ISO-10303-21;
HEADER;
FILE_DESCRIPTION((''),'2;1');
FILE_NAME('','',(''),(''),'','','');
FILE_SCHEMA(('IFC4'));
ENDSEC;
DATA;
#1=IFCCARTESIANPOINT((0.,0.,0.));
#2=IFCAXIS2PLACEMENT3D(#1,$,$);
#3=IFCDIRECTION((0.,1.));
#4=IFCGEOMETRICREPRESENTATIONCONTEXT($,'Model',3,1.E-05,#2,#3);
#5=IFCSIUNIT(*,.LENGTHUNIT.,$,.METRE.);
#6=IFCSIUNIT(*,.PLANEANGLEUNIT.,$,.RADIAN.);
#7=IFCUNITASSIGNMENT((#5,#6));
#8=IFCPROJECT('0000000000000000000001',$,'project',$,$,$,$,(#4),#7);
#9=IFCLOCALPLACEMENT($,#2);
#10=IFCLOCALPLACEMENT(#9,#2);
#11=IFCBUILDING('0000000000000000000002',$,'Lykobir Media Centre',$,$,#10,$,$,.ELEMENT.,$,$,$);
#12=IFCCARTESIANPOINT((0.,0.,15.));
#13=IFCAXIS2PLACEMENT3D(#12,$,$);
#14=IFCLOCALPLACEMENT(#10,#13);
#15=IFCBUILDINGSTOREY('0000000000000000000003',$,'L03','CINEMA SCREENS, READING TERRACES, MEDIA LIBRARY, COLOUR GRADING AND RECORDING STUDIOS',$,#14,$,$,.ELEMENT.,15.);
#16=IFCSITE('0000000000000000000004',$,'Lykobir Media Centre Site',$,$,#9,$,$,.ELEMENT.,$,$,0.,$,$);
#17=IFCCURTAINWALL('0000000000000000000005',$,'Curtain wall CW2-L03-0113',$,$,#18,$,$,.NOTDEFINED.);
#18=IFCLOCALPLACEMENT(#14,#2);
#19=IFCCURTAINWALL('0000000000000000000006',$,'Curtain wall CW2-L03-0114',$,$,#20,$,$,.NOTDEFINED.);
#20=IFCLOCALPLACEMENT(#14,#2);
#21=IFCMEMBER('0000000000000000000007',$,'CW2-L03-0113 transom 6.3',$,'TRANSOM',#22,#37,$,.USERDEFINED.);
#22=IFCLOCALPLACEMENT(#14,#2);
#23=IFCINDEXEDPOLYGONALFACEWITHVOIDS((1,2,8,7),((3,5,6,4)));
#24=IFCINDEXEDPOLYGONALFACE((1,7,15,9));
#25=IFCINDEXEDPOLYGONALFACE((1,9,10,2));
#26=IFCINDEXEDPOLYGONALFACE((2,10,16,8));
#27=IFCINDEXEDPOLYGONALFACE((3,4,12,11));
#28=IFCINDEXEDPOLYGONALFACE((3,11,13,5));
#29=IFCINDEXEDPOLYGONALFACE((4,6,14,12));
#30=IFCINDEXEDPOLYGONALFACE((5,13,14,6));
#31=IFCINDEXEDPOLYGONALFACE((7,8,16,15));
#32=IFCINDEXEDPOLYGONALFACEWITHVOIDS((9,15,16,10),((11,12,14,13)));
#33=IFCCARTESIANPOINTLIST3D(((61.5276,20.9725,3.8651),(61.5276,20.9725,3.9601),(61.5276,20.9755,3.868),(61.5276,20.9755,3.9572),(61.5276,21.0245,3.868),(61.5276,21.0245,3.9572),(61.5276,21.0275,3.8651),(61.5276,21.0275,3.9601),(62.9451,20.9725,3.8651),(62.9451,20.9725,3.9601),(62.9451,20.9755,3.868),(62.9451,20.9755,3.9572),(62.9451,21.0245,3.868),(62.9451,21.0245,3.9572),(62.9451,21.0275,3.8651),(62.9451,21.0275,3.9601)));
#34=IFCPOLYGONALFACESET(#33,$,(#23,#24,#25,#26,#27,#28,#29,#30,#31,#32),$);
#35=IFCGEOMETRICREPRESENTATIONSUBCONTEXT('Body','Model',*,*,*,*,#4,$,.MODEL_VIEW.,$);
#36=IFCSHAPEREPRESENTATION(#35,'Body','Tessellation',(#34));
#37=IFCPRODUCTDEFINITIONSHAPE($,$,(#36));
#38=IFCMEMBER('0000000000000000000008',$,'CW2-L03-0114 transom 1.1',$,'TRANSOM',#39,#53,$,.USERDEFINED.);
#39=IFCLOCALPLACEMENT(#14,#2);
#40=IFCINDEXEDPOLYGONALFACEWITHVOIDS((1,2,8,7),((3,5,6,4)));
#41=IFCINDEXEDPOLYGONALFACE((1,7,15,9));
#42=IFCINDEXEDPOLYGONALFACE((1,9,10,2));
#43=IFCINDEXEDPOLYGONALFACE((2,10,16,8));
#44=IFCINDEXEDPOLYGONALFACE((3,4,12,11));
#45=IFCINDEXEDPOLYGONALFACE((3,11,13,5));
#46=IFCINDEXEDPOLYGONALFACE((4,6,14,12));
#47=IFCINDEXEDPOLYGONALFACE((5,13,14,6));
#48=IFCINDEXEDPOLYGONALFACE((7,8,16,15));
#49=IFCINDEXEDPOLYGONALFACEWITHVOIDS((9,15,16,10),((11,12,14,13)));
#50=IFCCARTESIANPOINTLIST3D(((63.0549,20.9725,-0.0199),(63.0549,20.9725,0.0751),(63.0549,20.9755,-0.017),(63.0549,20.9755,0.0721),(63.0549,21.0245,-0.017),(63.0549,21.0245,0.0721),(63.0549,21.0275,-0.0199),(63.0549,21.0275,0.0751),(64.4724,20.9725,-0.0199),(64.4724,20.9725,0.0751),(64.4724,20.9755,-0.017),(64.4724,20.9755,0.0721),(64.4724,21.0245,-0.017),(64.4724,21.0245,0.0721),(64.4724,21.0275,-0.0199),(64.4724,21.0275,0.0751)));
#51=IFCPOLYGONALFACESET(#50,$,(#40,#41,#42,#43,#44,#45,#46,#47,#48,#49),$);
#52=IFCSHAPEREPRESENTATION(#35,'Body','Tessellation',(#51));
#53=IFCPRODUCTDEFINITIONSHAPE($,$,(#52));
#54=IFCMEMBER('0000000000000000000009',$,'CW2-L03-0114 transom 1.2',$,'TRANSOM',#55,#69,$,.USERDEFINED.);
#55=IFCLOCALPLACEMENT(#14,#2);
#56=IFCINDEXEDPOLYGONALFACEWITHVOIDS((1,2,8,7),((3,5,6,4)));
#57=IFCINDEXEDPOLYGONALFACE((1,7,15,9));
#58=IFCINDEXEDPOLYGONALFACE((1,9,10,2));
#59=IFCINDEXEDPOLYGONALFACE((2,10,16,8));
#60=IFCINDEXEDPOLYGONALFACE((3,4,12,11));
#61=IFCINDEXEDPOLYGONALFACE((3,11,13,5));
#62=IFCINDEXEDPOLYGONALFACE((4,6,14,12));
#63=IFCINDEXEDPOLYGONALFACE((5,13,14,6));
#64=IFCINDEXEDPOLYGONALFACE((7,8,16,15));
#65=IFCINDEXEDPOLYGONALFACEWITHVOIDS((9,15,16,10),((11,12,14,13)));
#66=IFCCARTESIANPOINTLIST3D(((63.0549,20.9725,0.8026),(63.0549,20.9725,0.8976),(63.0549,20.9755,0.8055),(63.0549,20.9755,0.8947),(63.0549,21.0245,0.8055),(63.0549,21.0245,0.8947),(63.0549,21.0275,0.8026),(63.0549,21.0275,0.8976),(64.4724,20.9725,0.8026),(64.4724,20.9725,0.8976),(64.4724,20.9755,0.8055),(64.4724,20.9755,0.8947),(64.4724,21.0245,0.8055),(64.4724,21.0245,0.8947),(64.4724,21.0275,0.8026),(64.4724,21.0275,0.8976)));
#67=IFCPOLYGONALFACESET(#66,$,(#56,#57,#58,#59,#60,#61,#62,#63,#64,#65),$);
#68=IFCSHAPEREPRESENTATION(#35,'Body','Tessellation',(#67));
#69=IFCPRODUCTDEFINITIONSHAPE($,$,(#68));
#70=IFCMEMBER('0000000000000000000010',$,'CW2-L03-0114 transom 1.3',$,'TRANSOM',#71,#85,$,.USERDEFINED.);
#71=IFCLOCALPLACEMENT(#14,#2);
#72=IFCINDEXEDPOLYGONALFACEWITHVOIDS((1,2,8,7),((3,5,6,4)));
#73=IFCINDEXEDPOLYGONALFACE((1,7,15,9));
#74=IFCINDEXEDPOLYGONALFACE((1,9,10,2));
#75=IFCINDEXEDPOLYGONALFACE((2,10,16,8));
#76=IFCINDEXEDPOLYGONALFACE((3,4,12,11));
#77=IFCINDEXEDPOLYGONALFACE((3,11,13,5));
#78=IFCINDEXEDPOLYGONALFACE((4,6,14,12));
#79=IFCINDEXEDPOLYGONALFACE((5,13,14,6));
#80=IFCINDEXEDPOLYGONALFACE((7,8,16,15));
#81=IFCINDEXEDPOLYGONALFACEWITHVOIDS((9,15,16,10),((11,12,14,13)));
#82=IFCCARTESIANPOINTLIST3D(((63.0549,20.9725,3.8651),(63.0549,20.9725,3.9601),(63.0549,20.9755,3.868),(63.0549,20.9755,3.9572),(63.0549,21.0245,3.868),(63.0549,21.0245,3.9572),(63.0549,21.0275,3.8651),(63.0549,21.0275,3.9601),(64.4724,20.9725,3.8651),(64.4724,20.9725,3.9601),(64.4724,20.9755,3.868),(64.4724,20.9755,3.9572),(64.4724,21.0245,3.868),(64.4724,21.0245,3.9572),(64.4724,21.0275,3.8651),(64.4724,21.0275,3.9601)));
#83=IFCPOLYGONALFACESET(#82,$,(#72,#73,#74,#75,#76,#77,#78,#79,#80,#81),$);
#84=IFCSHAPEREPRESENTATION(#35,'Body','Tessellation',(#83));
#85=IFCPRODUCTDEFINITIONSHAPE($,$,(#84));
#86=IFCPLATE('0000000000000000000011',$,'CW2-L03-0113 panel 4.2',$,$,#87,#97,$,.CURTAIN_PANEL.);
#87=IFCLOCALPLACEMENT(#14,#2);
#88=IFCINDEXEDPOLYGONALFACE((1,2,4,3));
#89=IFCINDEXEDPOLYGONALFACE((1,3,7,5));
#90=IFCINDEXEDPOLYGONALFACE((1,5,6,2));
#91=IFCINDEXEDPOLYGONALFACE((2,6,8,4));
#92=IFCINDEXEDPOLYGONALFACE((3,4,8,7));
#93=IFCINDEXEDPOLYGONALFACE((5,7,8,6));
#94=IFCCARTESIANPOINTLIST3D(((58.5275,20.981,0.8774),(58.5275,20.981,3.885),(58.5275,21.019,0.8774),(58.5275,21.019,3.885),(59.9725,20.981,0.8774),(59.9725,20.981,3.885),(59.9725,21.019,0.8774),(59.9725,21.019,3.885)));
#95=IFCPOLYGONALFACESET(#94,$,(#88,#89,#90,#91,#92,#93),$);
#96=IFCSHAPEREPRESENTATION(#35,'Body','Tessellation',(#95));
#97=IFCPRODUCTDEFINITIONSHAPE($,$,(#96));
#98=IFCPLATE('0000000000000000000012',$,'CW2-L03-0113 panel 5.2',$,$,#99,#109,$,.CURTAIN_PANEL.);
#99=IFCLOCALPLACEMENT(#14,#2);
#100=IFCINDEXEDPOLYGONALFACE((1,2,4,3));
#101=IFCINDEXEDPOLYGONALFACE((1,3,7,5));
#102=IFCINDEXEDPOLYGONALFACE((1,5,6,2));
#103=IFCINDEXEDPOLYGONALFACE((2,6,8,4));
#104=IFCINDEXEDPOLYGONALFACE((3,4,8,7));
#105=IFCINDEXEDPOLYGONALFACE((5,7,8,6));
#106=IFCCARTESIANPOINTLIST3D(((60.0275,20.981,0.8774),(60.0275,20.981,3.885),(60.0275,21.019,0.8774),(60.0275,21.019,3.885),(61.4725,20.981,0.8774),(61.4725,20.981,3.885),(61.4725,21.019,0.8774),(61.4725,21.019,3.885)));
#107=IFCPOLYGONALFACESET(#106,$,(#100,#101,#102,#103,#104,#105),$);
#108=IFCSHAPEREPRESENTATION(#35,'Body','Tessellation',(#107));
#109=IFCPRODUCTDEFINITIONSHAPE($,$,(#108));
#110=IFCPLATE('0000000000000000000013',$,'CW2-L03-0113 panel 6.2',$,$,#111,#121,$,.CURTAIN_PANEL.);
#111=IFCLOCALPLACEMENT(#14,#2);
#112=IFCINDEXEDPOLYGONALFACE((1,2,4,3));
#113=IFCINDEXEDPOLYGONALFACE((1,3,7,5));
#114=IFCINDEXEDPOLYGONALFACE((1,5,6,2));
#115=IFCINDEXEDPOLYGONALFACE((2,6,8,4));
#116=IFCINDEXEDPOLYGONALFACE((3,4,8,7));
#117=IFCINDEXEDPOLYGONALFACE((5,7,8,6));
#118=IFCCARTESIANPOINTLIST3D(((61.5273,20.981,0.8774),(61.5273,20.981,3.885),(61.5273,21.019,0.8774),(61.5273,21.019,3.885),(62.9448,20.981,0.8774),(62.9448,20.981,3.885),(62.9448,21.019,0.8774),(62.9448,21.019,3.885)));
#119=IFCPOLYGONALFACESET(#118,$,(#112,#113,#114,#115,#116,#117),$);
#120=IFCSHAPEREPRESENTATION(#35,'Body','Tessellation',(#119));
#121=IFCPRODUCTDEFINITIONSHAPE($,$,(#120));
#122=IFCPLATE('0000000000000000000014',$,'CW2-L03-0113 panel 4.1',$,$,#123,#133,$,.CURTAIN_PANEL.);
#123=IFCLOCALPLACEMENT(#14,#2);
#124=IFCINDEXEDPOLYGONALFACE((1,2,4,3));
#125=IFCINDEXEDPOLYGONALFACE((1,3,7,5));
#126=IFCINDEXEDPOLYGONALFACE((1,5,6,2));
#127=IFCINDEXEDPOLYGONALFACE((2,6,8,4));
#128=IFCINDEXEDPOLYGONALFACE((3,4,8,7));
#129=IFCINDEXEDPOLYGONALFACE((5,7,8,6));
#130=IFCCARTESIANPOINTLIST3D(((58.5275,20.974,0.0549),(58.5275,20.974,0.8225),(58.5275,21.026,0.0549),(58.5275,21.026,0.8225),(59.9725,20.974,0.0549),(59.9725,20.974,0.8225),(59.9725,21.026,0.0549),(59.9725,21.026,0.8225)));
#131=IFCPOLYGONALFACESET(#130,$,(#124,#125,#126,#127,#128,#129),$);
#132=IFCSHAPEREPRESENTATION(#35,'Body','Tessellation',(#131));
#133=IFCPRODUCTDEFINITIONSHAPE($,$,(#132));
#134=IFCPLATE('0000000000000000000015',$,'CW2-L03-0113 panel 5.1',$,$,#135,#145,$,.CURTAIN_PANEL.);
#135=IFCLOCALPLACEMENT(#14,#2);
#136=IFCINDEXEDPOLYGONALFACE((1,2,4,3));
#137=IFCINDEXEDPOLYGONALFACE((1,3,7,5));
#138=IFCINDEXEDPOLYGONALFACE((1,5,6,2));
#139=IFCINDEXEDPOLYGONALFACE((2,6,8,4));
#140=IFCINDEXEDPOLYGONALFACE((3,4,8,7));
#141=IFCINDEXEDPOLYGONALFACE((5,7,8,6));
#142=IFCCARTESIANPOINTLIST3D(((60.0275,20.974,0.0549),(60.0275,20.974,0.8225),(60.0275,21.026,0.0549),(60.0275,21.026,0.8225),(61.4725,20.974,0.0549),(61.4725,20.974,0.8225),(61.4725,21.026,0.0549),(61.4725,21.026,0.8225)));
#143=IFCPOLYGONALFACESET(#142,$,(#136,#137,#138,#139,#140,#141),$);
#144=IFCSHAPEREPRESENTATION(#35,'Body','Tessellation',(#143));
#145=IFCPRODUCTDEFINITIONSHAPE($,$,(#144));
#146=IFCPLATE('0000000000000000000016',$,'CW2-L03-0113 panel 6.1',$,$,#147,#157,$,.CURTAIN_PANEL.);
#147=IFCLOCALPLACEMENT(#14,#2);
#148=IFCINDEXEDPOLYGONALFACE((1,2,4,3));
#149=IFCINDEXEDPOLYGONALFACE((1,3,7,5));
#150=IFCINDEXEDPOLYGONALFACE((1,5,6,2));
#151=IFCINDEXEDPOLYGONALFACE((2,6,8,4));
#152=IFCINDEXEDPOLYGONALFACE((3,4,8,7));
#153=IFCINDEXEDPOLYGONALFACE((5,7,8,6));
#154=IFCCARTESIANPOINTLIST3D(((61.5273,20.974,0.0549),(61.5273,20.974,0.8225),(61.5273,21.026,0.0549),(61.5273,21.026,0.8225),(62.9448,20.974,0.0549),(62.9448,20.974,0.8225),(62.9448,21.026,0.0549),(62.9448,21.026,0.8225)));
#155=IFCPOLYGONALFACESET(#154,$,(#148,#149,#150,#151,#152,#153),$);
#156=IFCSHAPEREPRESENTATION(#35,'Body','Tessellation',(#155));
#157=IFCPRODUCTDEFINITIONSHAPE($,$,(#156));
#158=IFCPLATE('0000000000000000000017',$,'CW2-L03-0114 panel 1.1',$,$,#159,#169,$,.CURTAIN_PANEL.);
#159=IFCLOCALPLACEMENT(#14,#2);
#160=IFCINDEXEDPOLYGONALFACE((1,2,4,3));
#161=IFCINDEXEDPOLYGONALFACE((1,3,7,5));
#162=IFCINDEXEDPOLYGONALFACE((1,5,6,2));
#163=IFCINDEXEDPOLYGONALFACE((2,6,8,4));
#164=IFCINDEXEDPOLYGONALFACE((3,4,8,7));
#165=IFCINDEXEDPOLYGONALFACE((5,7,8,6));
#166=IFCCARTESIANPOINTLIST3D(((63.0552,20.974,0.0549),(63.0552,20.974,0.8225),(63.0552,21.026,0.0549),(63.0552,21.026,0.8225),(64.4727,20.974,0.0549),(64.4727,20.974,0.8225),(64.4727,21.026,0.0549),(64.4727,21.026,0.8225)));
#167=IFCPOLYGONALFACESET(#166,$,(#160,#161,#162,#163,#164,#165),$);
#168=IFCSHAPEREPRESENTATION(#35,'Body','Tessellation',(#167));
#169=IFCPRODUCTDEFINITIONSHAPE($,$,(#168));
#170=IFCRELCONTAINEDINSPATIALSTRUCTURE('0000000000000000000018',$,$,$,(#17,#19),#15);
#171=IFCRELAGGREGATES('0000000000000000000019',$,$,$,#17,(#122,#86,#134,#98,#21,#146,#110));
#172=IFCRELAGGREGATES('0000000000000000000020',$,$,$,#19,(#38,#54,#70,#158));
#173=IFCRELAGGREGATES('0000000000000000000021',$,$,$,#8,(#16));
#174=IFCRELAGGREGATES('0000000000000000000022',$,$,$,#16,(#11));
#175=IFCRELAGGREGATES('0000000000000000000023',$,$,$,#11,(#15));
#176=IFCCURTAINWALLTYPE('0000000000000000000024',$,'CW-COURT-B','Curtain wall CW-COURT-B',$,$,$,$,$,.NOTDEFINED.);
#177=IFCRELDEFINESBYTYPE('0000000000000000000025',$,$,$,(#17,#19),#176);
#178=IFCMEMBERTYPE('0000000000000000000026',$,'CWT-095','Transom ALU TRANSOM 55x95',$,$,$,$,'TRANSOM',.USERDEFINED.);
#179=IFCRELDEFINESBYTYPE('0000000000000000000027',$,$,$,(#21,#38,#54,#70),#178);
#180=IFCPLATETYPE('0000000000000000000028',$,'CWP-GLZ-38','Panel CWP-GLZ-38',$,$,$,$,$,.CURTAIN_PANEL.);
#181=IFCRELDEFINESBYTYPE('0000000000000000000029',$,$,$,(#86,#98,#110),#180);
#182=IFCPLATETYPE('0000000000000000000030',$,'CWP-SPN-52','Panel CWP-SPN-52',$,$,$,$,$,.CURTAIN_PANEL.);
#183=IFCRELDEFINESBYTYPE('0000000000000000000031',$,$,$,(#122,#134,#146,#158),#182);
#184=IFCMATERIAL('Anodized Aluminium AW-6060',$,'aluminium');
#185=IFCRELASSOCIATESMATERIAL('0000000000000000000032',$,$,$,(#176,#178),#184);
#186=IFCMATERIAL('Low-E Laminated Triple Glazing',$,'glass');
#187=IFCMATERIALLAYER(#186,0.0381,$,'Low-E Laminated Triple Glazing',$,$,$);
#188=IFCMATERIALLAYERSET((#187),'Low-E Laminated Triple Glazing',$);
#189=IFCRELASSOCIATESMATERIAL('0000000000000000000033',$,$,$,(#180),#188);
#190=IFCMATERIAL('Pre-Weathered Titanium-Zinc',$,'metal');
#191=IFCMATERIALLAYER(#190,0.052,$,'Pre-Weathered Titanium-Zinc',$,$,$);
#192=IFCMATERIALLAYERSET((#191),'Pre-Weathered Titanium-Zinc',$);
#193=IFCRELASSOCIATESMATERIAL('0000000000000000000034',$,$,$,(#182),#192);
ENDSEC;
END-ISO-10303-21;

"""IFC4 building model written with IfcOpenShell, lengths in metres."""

from ifc_helpers import new_model, si_unit, direction, frame, origin, origin_2d, place, context, subcontext, project, spatial, rectangle, hollow_rectangle, extrude, material, layer, layer_set, material_profile, profile_set, type_object, element, aggregate, save


model = new_model("IFC4")

# Units and contexts
model_context = context("Model", 3, precision=1e-05, world=origin(), true_north=direction((0.0, 1.0)))
body_context = subcontext(model_context, "Body", "Model", "MODEL_VIEW")
ifc_project = project(units=[si_unit("LENGTHUNIT", "METRE"), si_unit("PLANEANGLEUNIT", "RADIAN")], contexts=[model_context])

# Site, building, storey
site_placement = place(None, origin())
site = spatial("IfcSite", under=ifc_project, at=site_placement, Name="Lykobir Media Centre Site", CompositionType="ELEMENT", RefElevation=0.0)
building_placement = place(site_placement, origin())
building = spatial("IfcBuilding", under=site, at=building_placement, Name="Lykobir Media Centre", CompositionType="ELEMENT")
storey_placement = place(building_placement, frame((0.0, 0.0, 15.0)))
storey = spatial("IfcBuildingStorey", under=building, at=storey_placement, Name="L03", Description="CINEMA SCREENS, READING TERRACES, MEDIA LIBRARY, COLOUR GRADING AND RECORDING STUDIOS", CompositionType="ELEMENT", Elevation=15.0)

# Curtain wall
ifc_material_1 = material(Name="Anodized Aluminium AW-6060", Category="aluminium")
curtain_wall_type = type_object("IfcCurtainWallType", Name="CW-COURT-B", Description="Curtain wall CW-COURT-B", PredefinedType="NOTDEFINED", material=ifc_material_1)
curtain_wall_1_placement = place(storey_placement, origin())
curtain_wall_1 = element("IfcCurtainWall", 1, at=curtain_wall_1_placement, inside=storey, type_object=curtain_wall_type, Name="Curtain wall CW2-L03-0113", PredefinedType="NOTDEFINED")

# Curtain wall
curtain_wall_2_placement = place(storey_placement, origin())
curtain_wall_2 = element("IfcCurtainWall", 2, at=curtain_wall_2_placement, inside=storey, type_object=curtain_wall_type, Name="Curtain wall CW2-L03-0114", PredefinedType="NOTDEFINED")

# Members
ifc_material_profile_1 = material_profile(ifc_material_1, hollow_rectangle(XDim=0.0549, YDim=0.095, WallThickness=0.0029, at=origin_2d()), Name="ALU TRANSOM 55x95")
ifc_profile_set_1 = profile_set([ifc_material_profile_1], Name="Anodized Aluminium AW-6060")
member_type_1 = type_object("IfcMemberType", Name="CWT-095", Description="Transom ALU TRANSOM 55x95", ElementType="TRANSOM", PredefinedType="USERDEFINED", material=ifc_profile_set_1)
member_1_placement = place(storey_placement, frame((61.5276, 21.0, 3.9126), z_axis=(1.0, 0.0, 0.0), x_axis=(0.0, 1.0, 0.0)))
member_1 = element("IfcMember", 3, at=member_1_placement, type_object=member_type_1, Name="CW2-L03-0113 transom 6.3", ObjectType="TRANSOM", PredefinedType="USERDEFINED", context=body_context, shape_type="SweptSolid", body=[
    extrude(hollow_rectangle(XDim=0.0549, YDim=0.095, WallThickness=0.0029, at=origin_2d()), origin(), (0.0, 0.0, 1.0), 1.4175),
])
member_2_placement = place(storey_placement, frame((63.0549, 21.0, 0.0276), z_axis=(1.0, 0.0, 0.0), x_axis=(0.0, 1.0, 0.0)))
member_2 = element("IfcMember", 4, at=member_2_placement, type_object=member_type_1, Name="CW2-L03-0114 transom 1.1", ObjectType="TRANSOM", PredefinedType="USERDEFINED", context=body_context, shape_type="SweptSolid", body=[
    extrude(hollow_rectangle(XDim=0.0549, YDim=0.095, WallThickness=0.0029, at=origin_2d()), origin(), (0.0, 0.0, 1.0), 1.4175),
])
member_3_placement = place(storey_placement, frame((63.0549, 21.0, 0.8501), z_axis=(1.0, 0.0, 0.0), x_axis=(0.0, 1.0, 0.0)))
member_3 = element("IfcMember", 5, at=member_3_placement, type_object=member_type_1, Name="CW2-L03-0114 transom 1.2", ObjectType="TRANSOM", PredefinedType="USERDEFINED", context=body_context, shape_type="SweptSolid", body=[
    extrude(hollow_rectangle(XDim=0.0549, YDim=0.095, WallThickness=0.0029, at=origin_2d()), origin(), (0.0, 0.0, 1.0), 1.4175),
])
member_4_placement = place(storey_placement, frame((63.0549, 21.0, 3.9126), z_axis=(1.0, 0.0, 0.0), x_axis=(0.0, 1.0, 0.0)))
member_4 = element("IfcMember", 6, at=member_4_placement, type_object=member_type_1, Name="CW2-L03-0114 transom 1.3", ObjectType="TRANSOM", PredefinedType="USERDEFINED", context=body_context, shape_type="SweptSolid", body=[
    extrude(hollow_rectangle(XDim=0.0549, YDim=0.095, WallThickness=0.0029, at=origin_2d()), origin(), (0.0, 0.0, 1.0), 1.4175),
])

# Plates
ifc_material_2 = material(Name="Low-E Laminated Triple Glazing", Category="glass")
ifc_layer_1 = layer(ifc_material_2, 0.0381, Name="Low-E Laminated Triple Glazing")
ifc_layer_set_1 = layer_set([ifc_layer_1], Name="Low-E Laminated Triple Glazing")
plate_type_1 = type_object("IfcPlateType", Name="CWP-GLZ-38", Description="Panel CWP-GLZ-38", PredefinedType="CURTAIN_PANEL", material=ifc_layer_set_1)
plate_1_placement = place(storey_placement, frame((59.25, 21.0, 0.8774), z_axis=(0.0, 0.0, 1.0), x_axis=(1.0, 0.0, 0.0)))
plate_1 = element("IfcPlate", 7, at=plate_1_placement, type_object=plate_type_1, Name="CW2-L03-0113 panel 4.2", PredefinedType="CURTAIN_PANEL", context=body_context, shape_type="SweptSolid", body=[
    extrude(rectangle(XDim=1.4451, YDim=0.0381, at=origin_2d()), origin(), (0.0, 0.0, 1.0), 3.0076),
])
plate_2_placement = place(storey_placement, frame((60.75, 21.0, 0.8774), z_axis=(0.0, 0.0, 1.0), x_axis=(1.0, 0.0, 0.0)))
plate_2 = element("IfcPlate", 8, at=plate_2_placement, type_object=plate_type_1, Name="CW2-L03-0113 panel 5.2", PredefinedType="CURTAIN_PANEL", context=body_context, shape_type="SweptSolid", body=[
    extrude(rectangle(XDim=1.4451, YDim=0.0381, at=origin_2d()), origin(), (0.0, 0.0, 1.0), 3.0076),
])
plate_3_placement = place(storey_placement, frame((62.2361, 21.0, 0.8774), z_axis=(0.0, 0.0, 1.0), x_axis=(1.0, 0.0, 0.0)))
plate_3 = element("IfcPlate", 9, at=plate_3_placement, type_object=plate_type_1, Name="CW2-L03-0113 panel 6.2", PredefinedType="CURTAIN_PANEL", context=body_context, shape_type="SweptSolid", body=[
    extrude(rectangle(XDim=1.4175, YDim=0.0381, at=origin_2d()), origin(), (0.0, 0.0, 1.0), 3.0076),
])
ifc_material_3 = material(Name="Pre-Weathered Titanium-Zinc", Category="metal")
ifc_layer_2 = layer(ifc_material_3, 0.052, Name="Pre-Weathered Titanium-Zinc")
ifc_layer_set_2 = layer_set([ifc_layer_2], Name="Pre-Weathered Titanium-Zinc")
plate_type_2 = type_object("IfcPlateType", Name="CWP-SPN-52", Description="Panel CWP-SPN-52", PredefinedType="CURTAIN_PANEL", material=ifc_layer_set_2)
plate_4_placement = place(storey_placement, frame((59.25, 21.0, 0.0549), z_axis=(0.0, 0.0, 1.0), x_axis=(1.0, 0.0, 0.0)))
plate_4 = element("IfcPlate", 10, at=plate_4_placement, type_object=plate_type_2, Name="CW2-L03-0113 panel 4.1", PredefinedType="CURTAIN_PANEL", context=body_context, shape_type="SweptSolid", body=[
    extrude(rectangle(XDim=1.4451, YDim=0.052, at=origin_2d()), origin(), (0.0, 0.0, 1.0), 0.7676),
])
plate_5_placement = place(storey_placement, frame((60.75, 21.0, 0.0549), z_axis=(0.0, 0.0, 1.0), x_axis=(1.0, 0.0, 0.0)))
plate_5 = element("IfcPlate", 11, at=plate_5_placement, type_object=plate_type_2, Name="CW2-L03-0113 panel 5.1", PredefinedType="CURTAIN_PANEL", context=body_context, shape_type="SweptSolid", body=[
    extrude(rectangle(XDim=1.4451, YDim=0.052, at=origin_2d()), origin(), (0.0, 0.0, 1.0), 0.7676),
])
plate_6_placement = place(storey_placement, frame((62.2361, 21.0, 0.0549), z_axis=(0.0, 0.0, 1.0), x_axis=(1.0, 0.0, 0.0)))
plate_6 = element("IfcPlate", 12, at=plate_6_placement, type_object=plate_type_2, Name="CW2-L03-0113 panel 6.1", PredefinedType="CURTAIN_PANEL", context=body_context, shape_type="SweptSolid", body=[
    extrude(rectangle(XDim=1.4175, YDim=0.052, at=origin_2d()), origin(), (0.0, 0.0, 1.0), 0.7676),
])
aggregate(curtain_wall_1, [plate_4, plate_1, plate_5, plate_2, member_1, plate_6, plate_3])
plate_7_placement = place(storey_placement, frame((63.7639, 21.0, 0.0549), z_axis=(0.0, 0.0, 1.0), x_axis=(1.0, 0.0, 0.0)))
plate_7 = element("IfcPlate", 13, at=plate_7_placement, type_object=plate_type_2, Name="CW2-L03-0114 panel 1.1", PredefinedType="CURTAIN_PANEL", context=body_context, shape_type="SweptSolid", body=[
    extrude(rectangle(XDim=1.4175, YDim=0.052, at=origin_2d()), origin(), (0.0, 0.0, 1.0), 0.7676),
])
aggregate(curtain_wall_2, [member_2, member_3, member_4, plate_7])

save(model, "model.ifc")
